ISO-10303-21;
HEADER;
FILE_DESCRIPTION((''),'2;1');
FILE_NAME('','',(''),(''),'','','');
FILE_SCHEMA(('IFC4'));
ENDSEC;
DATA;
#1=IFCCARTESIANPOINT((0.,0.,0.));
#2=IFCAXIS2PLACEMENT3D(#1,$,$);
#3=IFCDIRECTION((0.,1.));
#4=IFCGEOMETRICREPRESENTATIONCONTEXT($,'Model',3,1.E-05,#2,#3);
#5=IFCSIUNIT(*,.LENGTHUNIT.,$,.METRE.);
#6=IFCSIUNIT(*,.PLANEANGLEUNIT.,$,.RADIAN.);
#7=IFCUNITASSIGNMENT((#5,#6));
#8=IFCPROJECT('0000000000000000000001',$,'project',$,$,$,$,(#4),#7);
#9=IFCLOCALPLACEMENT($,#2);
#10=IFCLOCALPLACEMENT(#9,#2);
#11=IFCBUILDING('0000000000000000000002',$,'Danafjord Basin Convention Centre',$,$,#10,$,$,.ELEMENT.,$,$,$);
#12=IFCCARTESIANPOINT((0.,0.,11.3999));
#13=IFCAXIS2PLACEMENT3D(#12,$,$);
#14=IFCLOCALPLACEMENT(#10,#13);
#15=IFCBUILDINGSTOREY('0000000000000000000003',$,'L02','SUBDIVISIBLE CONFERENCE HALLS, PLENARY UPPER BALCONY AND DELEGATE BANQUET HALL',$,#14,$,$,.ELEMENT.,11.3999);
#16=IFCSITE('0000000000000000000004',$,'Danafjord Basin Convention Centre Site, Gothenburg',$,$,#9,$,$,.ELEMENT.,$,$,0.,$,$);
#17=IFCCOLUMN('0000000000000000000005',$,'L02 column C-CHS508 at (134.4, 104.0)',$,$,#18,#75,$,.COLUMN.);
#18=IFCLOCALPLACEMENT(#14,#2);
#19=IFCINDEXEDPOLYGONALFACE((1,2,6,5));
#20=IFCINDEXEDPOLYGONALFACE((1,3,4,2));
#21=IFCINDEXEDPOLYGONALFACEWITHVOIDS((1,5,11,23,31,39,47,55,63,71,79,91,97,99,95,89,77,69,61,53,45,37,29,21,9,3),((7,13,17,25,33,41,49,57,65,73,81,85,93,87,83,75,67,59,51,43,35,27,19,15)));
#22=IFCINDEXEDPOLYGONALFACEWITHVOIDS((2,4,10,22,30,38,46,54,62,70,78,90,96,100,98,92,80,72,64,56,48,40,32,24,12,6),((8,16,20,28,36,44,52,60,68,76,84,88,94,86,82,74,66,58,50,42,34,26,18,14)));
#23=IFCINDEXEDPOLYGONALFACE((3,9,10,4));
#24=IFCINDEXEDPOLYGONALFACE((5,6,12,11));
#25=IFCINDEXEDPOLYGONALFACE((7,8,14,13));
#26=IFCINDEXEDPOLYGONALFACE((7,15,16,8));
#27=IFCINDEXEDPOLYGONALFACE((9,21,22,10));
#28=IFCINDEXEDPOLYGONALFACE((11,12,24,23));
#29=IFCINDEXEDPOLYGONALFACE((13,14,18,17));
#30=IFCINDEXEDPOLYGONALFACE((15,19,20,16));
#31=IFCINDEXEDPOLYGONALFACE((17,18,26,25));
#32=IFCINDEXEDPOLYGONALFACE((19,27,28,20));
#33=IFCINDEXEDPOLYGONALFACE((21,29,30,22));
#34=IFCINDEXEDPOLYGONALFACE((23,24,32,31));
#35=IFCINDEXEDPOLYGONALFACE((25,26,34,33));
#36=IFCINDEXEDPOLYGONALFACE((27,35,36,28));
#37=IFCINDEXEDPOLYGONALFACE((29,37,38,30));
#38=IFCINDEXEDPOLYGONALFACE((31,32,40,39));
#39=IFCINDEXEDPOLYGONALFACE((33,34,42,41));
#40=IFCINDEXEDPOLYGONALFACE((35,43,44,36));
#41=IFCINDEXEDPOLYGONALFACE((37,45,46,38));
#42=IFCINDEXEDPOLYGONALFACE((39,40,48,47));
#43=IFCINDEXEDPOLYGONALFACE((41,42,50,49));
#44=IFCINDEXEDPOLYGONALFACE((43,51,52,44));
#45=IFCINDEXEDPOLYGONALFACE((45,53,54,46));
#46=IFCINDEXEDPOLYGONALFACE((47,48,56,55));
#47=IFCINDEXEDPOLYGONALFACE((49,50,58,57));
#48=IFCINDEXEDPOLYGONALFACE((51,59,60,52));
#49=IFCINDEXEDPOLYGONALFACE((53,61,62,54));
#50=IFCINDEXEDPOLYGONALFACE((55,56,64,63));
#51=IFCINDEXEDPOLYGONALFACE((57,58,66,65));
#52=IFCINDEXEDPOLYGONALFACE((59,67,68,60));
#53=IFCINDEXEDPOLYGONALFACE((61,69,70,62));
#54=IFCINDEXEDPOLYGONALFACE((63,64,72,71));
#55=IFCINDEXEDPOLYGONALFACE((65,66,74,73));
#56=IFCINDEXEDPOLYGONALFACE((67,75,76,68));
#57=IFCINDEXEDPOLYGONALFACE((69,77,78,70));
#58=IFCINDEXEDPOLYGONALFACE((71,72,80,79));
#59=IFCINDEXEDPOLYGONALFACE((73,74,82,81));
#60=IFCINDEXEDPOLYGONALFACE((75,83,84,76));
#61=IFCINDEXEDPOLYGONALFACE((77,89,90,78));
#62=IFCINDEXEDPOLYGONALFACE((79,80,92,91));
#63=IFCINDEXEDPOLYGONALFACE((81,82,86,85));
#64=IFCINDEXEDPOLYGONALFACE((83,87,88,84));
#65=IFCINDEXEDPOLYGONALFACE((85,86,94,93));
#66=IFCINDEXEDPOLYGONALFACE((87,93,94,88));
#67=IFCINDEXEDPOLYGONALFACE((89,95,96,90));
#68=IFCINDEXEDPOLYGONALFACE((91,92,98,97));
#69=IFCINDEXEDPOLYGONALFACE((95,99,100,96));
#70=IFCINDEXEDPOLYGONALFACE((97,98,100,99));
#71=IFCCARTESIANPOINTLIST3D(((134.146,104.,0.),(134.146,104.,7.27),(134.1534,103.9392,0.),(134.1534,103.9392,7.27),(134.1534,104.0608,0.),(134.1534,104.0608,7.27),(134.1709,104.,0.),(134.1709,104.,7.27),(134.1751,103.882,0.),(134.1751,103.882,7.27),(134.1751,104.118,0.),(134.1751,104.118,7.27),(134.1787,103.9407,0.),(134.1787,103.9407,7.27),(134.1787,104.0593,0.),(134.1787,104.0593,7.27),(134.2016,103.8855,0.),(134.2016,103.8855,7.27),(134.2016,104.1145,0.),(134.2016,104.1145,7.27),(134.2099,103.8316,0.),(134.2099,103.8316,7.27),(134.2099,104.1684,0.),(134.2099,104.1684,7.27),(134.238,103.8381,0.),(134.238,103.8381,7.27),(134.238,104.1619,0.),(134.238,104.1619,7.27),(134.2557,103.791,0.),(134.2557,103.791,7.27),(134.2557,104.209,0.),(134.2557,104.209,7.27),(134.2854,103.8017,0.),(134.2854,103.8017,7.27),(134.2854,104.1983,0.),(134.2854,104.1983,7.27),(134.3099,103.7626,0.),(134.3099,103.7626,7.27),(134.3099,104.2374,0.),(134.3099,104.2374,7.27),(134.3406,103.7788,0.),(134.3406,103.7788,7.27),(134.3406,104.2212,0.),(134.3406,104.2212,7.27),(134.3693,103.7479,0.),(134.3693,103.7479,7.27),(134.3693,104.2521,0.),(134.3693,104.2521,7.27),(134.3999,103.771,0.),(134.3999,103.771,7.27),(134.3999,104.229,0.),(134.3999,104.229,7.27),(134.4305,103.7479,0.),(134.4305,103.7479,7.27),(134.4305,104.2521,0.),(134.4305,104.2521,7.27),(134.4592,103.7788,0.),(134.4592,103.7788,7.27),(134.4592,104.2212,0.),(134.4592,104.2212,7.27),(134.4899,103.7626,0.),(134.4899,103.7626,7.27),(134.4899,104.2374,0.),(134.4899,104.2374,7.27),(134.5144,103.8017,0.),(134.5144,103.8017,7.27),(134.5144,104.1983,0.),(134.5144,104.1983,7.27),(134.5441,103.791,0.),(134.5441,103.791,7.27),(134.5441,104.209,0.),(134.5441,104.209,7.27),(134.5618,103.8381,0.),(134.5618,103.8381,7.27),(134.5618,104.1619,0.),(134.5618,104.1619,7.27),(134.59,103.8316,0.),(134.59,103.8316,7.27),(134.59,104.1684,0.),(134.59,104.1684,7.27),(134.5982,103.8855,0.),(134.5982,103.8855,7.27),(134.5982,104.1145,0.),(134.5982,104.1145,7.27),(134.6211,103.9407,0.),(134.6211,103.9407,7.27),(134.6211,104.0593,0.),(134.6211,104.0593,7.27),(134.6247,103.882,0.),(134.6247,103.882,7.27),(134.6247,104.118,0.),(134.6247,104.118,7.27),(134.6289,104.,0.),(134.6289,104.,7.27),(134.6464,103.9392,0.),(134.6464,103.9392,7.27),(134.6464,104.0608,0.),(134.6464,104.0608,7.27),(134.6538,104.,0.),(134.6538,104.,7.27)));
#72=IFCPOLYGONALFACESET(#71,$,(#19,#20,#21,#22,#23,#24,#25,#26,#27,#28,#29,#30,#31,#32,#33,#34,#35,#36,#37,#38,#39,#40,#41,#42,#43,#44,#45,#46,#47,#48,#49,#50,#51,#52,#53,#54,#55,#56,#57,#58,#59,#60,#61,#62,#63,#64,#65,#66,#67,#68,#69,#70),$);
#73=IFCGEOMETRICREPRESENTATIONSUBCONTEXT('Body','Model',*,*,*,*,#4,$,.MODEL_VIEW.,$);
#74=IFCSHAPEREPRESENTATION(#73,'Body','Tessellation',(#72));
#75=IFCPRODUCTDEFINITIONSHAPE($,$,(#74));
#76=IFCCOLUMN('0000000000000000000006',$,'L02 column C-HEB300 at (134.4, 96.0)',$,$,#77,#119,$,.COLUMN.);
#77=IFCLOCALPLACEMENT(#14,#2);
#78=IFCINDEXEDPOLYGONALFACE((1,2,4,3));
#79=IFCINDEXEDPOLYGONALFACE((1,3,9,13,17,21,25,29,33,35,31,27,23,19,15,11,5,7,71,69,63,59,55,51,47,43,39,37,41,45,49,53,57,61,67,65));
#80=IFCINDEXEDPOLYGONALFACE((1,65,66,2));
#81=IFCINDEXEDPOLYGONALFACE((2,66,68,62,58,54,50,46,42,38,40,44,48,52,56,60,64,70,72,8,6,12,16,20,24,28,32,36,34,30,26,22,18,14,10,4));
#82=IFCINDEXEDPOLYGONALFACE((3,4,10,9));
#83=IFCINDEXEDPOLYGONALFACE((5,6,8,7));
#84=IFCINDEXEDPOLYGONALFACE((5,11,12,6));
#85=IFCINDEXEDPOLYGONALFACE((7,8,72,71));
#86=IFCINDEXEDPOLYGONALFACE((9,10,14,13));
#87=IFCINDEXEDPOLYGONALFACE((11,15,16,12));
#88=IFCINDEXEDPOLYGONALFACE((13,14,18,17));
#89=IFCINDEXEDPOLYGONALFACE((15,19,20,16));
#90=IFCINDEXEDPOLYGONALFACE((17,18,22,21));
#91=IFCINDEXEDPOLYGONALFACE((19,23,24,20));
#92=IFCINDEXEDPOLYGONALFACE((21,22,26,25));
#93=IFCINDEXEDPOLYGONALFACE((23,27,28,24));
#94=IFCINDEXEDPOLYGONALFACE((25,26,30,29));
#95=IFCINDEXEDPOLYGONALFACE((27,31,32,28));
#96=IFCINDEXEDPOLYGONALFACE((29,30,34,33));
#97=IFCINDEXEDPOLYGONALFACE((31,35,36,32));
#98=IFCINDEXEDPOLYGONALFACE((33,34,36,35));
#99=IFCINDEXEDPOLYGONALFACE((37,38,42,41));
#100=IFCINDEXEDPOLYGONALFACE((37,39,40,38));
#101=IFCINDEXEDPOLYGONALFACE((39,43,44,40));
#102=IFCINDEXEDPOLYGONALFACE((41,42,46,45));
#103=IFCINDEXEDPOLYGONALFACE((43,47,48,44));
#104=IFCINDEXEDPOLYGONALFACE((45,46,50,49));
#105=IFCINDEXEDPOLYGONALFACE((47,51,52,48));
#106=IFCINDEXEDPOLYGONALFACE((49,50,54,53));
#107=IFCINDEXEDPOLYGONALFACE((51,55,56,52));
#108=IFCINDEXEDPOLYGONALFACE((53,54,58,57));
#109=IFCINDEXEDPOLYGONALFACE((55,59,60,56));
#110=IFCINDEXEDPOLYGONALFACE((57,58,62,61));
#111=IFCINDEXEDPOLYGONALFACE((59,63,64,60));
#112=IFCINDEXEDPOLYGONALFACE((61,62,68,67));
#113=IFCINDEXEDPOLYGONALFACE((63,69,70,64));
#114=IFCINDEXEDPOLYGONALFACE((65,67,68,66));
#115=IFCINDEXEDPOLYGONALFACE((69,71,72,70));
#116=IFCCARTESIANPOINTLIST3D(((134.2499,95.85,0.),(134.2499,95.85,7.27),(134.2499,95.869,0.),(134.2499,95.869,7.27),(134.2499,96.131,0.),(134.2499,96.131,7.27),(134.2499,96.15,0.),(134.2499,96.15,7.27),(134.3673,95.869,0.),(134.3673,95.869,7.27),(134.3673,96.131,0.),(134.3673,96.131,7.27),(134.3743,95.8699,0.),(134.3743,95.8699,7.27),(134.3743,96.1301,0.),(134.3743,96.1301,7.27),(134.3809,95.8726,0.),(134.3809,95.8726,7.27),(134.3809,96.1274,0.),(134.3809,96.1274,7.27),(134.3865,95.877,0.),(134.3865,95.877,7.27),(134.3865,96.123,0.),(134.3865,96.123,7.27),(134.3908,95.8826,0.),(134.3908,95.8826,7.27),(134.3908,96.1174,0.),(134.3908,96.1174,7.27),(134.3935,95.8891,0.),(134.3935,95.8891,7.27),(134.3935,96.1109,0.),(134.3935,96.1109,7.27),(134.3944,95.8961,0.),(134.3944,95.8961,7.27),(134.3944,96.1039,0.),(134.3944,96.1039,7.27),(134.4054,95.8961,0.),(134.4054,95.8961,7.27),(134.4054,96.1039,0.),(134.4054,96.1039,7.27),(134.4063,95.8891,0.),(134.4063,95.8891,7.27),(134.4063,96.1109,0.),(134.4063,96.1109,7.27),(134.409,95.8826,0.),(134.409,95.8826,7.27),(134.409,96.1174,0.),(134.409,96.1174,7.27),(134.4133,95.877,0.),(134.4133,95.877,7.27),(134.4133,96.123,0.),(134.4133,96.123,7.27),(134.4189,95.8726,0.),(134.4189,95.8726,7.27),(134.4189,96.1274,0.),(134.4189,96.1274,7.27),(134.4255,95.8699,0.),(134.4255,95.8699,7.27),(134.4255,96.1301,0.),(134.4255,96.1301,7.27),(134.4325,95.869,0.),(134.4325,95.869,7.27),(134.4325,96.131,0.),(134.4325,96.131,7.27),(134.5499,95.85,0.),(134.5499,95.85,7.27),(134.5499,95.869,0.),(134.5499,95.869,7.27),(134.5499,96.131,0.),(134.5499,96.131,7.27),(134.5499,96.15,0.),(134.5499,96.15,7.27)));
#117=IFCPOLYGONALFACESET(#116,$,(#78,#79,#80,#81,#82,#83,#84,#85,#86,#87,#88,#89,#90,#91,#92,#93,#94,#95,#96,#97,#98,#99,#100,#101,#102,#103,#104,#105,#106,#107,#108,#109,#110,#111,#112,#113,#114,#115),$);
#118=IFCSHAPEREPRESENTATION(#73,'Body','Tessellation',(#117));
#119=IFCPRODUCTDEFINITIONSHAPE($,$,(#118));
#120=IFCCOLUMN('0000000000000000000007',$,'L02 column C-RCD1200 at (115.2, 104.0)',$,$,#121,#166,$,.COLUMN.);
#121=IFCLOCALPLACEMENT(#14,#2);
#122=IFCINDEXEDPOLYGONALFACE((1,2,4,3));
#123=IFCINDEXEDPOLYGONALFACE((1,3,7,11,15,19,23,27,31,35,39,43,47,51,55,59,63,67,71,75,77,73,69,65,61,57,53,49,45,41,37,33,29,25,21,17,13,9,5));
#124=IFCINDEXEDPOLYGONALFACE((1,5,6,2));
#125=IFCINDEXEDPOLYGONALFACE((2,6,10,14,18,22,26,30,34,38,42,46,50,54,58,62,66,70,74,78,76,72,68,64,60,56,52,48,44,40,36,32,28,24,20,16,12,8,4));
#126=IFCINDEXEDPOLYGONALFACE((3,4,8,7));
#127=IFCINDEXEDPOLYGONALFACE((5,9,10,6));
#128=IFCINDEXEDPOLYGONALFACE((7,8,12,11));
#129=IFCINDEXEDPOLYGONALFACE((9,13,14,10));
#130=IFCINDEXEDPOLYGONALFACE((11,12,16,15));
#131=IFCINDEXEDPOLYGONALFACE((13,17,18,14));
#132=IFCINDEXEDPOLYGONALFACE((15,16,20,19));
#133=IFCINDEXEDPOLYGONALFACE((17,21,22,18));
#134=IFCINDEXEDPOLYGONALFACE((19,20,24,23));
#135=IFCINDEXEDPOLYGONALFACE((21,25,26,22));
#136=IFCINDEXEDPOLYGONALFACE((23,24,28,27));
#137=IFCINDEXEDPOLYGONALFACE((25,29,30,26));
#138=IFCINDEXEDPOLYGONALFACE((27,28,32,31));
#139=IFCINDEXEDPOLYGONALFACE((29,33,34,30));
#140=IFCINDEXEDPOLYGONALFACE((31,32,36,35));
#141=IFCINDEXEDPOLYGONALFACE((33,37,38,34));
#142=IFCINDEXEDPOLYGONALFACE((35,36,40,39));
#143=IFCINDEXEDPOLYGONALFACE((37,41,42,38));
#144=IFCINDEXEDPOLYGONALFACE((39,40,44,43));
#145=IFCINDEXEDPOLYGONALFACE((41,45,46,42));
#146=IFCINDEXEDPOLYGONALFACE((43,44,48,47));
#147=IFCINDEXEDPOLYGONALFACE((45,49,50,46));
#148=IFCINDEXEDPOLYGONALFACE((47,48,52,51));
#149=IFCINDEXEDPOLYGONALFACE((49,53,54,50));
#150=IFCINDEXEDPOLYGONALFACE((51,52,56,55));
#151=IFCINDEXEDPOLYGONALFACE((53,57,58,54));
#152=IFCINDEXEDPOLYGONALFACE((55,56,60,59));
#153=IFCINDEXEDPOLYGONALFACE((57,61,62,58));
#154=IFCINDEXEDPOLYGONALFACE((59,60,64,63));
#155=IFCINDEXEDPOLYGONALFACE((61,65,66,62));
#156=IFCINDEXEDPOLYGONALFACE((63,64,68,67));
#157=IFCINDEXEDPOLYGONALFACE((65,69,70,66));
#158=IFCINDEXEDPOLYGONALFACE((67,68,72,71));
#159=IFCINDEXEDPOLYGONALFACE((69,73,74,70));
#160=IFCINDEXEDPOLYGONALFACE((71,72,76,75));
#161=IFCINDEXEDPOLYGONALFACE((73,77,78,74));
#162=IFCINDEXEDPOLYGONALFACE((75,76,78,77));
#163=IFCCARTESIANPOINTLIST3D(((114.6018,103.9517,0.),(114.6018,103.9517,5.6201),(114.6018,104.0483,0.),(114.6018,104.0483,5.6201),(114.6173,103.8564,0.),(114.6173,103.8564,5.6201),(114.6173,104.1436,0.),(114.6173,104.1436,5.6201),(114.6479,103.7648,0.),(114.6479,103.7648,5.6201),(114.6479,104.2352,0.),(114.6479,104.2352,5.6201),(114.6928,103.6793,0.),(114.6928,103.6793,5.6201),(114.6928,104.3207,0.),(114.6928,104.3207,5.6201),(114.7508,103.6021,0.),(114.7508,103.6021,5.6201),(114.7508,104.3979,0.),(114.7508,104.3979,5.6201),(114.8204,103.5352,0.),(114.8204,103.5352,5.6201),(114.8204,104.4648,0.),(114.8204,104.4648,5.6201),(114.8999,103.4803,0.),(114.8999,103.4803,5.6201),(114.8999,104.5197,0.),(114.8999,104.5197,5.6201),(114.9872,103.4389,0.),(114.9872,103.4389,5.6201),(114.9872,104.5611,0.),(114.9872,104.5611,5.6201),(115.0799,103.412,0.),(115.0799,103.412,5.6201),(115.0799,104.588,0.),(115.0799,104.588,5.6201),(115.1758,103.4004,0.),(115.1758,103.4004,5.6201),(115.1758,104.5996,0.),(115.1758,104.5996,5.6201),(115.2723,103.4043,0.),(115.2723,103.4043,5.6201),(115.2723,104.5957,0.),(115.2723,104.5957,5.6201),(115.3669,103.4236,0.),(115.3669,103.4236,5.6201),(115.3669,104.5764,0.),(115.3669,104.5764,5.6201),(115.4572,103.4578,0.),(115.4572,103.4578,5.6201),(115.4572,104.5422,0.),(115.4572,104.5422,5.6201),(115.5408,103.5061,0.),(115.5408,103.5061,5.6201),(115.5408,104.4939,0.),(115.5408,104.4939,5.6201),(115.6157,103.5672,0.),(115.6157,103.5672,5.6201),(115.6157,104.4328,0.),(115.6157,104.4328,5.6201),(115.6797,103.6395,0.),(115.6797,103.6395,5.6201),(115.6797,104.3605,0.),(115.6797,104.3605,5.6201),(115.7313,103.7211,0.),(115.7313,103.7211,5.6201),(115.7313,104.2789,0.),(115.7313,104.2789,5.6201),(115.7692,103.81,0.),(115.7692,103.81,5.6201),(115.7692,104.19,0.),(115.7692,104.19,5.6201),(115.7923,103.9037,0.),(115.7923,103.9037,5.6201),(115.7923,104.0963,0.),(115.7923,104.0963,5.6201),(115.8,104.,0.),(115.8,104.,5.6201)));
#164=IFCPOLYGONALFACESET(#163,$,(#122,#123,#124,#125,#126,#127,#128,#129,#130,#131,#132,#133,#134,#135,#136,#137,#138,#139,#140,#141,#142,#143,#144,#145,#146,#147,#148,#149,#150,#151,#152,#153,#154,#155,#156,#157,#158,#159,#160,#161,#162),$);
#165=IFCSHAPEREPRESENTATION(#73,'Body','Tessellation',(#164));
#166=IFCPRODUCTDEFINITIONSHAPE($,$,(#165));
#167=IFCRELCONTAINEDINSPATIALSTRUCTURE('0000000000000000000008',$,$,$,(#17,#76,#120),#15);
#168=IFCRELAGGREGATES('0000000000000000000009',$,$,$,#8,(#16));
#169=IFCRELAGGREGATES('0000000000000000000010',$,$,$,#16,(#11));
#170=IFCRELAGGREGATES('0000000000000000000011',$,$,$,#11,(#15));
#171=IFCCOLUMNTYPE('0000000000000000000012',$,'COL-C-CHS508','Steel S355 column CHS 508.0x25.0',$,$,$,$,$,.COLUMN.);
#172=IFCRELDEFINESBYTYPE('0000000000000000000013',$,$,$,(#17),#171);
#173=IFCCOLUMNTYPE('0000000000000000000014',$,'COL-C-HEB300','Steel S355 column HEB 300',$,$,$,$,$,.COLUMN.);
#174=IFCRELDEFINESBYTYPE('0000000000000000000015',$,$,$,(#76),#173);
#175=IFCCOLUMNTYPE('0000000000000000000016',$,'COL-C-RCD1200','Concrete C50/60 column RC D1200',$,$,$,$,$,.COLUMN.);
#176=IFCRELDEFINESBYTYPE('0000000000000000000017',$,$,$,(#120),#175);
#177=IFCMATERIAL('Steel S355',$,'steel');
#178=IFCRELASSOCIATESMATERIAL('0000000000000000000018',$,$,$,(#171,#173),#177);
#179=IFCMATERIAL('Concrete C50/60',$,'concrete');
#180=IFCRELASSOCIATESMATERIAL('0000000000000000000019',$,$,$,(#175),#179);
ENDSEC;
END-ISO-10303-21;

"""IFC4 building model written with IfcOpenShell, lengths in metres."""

from ifc_helpers import new_model, si_unit, direction, frame, origin, origin_2d, place, context, subcontext, project, spatial, circle, hollow_circle, i_section, extrude, material, material_profile, profile_set, type_object, element, save


model = new_model("IFC4")

# Units and contexts
model_context = context("Model", 3, precision=1e-05, world=origin(), true_north=direction((0.0, 1.0)))
body_context = subcontext(model_context, "Body", "Model", "MODEL_VIEW")
ifc_project = project(units=[si_unit("LENGTHUNIT", "METRE"), si_unit("PLANEANGLEUNIT", "RADIAN")], contexts=[model_context])

# Site, building, storey
site_placement = place(None, origin())
site = spatial("IfcSite", under=ifc_project, at=site_placement, Name="Danafjord Basin Convention Centre Site, Gothenburg", CompositionType="ELEMENT", RefElevation=0.0)
building_placement = place(site_placement, origin())
building = spatial("IfcBuilding", under=site, at=building_placement, Name="Danafjord Basin Convention Centre", CompositionType="ELEMENT")
storey_placement = place(building_placement, frame((0.0, 0.0, 11.3999)))
storey = spatial("IfcBuildingStorey", under=building, at=storey_placement, Name="L02", Description="SUBDIVISIBLE CONFERENCE HALLS, PLENARY UPPER BALCONY AND DELEGATE BANQUET HALL", CompositionType="ELEMENT", Elevation=11.3999)

# Columns
ifc_material_1 = material(Name="Steel S355", Category="steel")
ifc_material_profile_1 = material_profile(ifc_material_1, hollow_circle(Radius=0.2539, WallThickness=0.0249, at=origin_2d()), Name="CHS 508.0x25.0")
ifc_profile_set_1 = profile_set([ifc_material_profile_1], Name="Steel S355")
column_type_1 = type_object("IfcColumnType", Name="COL-C-CHS508", Description="Steel S355 column CHS 508.0x25.0", PredefinedType="COLUMN", material=ifc_profile_set_1)
column_1_placement = place(storey_placement, frame((134.3999, 104.0, 0.0), z_axis=(0.0, 0.0, 1.0), x_axis=(1.0, 0.0, 0.0)))
element("IfcColumn", 1, at=column_1_placement, inside=storey, type_object=column_type_1, Name="L02 column C-CHS508 at (134.4, 104.0)", PredefinedType="COLUMN", context=body_context, shape_type="SweptSolid", body=[
    extrude(hollow_circle(Radius=0.2539, WallThickness=0.0249, at=origin_2d()), origin(), (0.0, 0.0, 1.0), 7.27),
])
ifc_material_profile_2 = material_profile(ifc_material_1, i_section(OverallWidth=0.3, OverallDepth=0.3, WebThickness=0.011, FlangeThickness=0.019, FilletRadius=0.0271, at=origin_2d()), Name="HEB 300")
ifc_profile_set_2 = profile_set([ifc_material_profile_2], Name="Steel S355")
column_type_2 = type_object("IfcColumnType", Name="COL-C-HEB300", Description="Steel S355 column HEB 300", PredefinedType="COLUMN", material=ifc_profile_set_2)
column_2_placement = place(storey_placement, frame((134.3999, 96.0, 0.0), z_axis=(0.0, 0.0, 1.0), x_axis=(1.0, 0.0, 0.0)))
element("IfcColumn", 2, at=column_2_placement, inside=storey, type_object=column_type_2, Name="L02 column C-HEB300 at (134.4, 96.0)", PredefinedType="COLUMN", context=body_context, shape_type="SweptSolid", body=[
    extrude(i_section(OverallWidth=0.3, OverallDepth=0.3, WebThickness=0.011, FlangeThickness=0.019, FilletRadius=0.0271, at=origin_2d()), origin(), (0.0, 0.0, 1.0), 7.27),
])
ifc_material_2 = material(Name="Concrete C50/60", Category="concrete")
ifc_material_profile_3 = material_profile(ifc_material_2, circle(Radius=0.6001, at=origin_2d()), Name="RC D1200")
ifc_profile_set_3 = profile_set([ifc_material_profile_3], Name="Concrete C50/60")
column_type_3 = type_object("IfcColumnType", Name="COL-C-RCD1200", Description="Concrete C50/60 column RC D1200", PredefinedType="COLUMN", material=ifc_profile_set_3)
column_3_placement = place(storey_placement, frame((115.2, 104.0, 0.0), z_axis=(0.0, 0.0, 1.0), x_axis=(1.0, 0.0, 0.0)))
element("IfcColumn", 3, at=column_3_placement, inside=storey, type_object=column_type_3, Name="L02 column C-RCD1200 at (115.2, 104.0)", PredefinedType="COLUMN", context=body_context, shape_type="SweptSolid", body=[
    extrude(circle(Radius=0.6001, at=origin_2d()), origin(), (0.0, 0.0, 1.0), 5.6201),
])

save(model, "model.ifc")
